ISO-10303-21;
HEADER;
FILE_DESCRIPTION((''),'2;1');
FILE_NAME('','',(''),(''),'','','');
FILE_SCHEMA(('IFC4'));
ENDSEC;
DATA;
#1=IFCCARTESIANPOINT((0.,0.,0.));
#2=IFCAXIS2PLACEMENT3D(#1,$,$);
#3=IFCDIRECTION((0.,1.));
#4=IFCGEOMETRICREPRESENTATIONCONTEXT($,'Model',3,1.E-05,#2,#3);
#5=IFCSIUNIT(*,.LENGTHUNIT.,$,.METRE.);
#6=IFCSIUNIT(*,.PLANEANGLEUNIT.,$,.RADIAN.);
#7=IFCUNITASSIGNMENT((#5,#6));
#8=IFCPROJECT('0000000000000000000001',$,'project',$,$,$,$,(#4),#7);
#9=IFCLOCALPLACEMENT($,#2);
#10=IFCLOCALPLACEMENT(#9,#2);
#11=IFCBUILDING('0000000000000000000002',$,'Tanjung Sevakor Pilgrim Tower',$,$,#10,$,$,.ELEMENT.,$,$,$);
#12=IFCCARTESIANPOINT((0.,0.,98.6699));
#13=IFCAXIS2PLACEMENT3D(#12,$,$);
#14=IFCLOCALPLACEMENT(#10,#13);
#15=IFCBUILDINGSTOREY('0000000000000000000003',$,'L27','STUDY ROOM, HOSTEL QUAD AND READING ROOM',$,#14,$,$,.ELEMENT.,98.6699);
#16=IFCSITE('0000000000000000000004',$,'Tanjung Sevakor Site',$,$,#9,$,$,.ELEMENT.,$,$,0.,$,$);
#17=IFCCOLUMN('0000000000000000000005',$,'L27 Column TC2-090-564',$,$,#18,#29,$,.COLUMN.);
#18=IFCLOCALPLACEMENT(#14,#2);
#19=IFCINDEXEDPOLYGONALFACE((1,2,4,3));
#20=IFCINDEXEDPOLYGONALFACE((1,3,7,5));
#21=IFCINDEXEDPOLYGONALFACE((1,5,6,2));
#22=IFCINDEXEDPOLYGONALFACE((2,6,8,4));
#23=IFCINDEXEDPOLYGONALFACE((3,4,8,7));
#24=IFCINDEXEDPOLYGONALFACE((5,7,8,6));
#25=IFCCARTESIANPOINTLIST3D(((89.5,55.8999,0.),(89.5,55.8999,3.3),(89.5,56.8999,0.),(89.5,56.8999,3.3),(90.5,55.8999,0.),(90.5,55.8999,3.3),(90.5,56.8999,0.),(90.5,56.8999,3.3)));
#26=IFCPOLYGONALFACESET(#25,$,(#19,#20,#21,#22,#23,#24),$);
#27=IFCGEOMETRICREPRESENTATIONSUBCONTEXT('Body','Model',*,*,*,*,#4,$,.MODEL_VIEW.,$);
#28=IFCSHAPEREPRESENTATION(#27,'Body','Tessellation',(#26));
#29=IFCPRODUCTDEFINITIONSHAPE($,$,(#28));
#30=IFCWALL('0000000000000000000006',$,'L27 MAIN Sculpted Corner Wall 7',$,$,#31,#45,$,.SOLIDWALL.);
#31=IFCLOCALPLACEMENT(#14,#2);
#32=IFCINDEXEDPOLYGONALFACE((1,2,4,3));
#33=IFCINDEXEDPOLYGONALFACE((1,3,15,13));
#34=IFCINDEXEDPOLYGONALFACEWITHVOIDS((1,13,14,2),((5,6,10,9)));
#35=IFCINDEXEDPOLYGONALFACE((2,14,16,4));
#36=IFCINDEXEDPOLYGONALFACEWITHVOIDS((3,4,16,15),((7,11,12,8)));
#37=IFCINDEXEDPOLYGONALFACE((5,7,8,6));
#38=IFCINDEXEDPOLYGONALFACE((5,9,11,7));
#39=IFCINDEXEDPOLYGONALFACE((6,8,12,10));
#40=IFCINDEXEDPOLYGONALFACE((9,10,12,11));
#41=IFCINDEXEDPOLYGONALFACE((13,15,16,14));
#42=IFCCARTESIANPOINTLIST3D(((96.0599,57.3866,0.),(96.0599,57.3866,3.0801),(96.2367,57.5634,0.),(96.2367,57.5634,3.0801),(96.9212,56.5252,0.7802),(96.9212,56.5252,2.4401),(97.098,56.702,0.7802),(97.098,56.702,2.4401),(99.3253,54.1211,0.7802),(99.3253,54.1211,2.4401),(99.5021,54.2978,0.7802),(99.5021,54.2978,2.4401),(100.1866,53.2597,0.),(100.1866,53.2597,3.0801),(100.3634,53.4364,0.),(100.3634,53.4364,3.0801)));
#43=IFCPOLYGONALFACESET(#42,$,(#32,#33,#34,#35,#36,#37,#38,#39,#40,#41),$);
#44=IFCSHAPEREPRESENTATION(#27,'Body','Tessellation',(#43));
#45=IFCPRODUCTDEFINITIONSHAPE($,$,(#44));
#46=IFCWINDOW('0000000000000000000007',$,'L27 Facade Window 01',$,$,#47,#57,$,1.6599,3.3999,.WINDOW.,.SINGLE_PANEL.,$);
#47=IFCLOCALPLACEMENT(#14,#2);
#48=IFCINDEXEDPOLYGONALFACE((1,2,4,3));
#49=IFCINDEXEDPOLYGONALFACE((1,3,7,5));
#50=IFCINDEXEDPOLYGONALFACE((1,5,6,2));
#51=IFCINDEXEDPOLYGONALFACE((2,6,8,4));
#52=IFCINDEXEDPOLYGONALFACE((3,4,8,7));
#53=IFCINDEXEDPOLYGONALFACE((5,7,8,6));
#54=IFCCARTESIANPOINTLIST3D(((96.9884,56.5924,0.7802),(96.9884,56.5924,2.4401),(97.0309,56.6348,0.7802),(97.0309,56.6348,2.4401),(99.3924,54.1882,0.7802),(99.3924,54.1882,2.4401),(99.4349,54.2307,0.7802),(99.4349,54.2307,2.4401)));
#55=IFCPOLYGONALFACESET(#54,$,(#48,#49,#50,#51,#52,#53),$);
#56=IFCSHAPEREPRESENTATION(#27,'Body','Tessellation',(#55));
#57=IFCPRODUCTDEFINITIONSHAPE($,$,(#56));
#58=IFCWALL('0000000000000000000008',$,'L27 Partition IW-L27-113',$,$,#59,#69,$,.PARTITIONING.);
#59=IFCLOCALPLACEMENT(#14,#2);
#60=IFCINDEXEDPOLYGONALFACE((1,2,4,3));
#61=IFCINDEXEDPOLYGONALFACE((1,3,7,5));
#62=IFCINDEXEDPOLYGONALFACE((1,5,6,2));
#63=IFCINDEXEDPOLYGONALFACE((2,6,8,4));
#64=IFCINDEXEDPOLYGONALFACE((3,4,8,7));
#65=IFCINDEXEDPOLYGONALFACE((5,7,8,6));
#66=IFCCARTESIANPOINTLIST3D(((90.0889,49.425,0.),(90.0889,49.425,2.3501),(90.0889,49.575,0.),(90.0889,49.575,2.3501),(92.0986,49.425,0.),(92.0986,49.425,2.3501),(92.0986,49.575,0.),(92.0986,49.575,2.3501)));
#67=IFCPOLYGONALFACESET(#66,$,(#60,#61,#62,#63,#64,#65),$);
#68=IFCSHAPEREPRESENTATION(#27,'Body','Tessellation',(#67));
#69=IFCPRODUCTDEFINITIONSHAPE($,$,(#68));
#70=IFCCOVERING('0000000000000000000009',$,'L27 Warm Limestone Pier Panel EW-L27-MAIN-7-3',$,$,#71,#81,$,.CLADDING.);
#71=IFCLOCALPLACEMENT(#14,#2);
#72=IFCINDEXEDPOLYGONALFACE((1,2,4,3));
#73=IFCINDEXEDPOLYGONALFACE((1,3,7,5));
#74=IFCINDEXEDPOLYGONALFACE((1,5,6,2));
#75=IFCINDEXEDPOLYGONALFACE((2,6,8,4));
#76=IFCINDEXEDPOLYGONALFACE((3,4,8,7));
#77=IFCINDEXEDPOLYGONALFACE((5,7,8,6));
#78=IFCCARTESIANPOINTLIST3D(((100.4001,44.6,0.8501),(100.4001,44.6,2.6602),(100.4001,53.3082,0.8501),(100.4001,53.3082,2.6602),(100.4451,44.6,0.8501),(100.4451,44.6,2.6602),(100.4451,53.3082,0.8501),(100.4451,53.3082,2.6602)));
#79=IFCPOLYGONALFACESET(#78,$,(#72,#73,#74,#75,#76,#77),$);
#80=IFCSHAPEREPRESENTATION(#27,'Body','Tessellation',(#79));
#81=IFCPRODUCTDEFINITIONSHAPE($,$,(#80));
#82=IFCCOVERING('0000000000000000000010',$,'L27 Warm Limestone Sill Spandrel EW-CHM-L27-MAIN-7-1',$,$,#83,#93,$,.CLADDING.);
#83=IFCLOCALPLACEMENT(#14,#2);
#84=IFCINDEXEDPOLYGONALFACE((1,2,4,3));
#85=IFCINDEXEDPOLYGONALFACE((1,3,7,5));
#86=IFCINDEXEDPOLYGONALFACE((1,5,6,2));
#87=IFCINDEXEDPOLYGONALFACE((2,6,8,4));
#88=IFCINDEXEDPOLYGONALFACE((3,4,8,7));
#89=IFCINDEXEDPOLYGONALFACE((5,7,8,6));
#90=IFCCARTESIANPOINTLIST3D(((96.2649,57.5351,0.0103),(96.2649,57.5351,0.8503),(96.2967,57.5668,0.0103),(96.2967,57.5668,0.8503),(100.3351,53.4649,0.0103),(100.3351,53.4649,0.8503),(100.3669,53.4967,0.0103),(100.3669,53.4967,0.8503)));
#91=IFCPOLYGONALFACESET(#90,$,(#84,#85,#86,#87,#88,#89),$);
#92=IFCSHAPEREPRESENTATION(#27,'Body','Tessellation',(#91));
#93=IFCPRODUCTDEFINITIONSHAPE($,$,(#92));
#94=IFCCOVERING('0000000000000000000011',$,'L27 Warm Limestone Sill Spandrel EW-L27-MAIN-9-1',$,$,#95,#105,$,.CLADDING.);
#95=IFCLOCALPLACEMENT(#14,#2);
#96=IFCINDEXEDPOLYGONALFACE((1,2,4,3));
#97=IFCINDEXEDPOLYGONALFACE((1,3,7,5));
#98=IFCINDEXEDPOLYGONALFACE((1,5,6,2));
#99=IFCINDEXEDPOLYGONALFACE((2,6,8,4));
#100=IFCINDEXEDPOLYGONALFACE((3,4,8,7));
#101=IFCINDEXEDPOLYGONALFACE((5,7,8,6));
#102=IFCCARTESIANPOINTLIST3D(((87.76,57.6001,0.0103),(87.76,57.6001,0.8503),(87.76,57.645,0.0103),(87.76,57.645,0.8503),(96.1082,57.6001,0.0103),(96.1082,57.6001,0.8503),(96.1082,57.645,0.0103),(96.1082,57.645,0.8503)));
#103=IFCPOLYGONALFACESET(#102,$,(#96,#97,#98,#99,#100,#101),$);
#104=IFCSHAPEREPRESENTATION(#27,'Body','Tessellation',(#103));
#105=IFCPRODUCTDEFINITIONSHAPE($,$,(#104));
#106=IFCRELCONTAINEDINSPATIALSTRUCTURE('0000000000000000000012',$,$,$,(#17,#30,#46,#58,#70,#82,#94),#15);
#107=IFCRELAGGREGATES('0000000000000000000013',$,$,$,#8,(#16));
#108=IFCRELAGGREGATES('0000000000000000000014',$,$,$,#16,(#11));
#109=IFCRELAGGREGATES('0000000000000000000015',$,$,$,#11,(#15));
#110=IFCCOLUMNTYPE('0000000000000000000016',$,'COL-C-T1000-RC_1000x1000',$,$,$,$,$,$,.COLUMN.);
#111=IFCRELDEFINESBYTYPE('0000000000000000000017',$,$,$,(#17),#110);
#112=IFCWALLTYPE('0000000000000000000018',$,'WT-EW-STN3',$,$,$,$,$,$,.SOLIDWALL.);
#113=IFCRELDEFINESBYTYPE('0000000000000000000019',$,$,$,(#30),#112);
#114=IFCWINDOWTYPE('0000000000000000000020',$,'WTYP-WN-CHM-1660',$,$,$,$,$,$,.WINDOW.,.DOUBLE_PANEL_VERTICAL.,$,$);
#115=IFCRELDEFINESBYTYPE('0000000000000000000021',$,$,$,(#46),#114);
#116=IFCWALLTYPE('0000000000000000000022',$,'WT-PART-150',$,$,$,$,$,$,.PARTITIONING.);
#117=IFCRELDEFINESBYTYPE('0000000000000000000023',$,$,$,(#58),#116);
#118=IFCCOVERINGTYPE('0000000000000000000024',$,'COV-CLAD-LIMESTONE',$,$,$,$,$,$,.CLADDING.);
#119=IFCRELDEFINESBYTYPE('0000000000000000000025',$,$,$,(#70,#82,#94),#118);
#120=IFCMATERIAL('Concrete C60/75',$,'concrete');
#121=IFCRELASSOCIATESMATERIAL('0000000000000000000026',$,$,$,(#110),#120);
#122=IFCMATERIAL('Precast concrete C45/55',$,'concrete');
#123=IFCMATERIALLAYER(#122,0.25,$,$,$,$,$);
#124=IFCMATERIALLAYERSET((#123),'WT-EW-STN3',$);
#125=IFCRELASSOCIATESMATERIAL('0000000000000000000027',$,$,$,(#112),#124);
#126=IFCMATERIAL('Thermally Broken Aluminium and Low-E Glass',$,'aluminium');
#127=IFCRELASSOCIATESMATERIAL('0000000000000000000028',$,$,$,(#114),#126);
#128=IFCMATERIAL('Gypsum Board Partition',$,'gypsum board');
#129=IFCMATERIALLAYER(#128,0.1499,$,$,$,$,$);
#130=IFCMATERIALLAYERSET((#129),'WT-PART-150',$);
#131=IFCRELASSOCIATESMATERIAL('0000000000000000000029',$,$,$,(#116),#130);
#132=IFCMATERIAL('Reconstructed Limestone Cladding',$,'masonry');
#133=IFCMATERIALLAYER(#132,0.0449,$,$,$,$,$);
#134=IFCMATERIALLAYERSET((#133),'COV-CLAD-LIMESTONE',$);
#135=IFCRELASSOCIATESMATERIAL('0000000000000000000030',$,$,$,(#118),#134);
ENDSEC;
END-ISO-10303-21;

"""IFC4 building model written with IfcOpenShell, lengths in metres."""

from ifc_helpers import new_model, si_unit, direction, frame, frame_2d, origin, origin_2d, place, context, subcontext, project, spatial, rectangle, extrude, material, layer, layer_set, material_profile, profile_set, type_object, element, fill, save


model = new_model("IFC4")

# Units and contexts
model_context = context("Model", 3, precision=1e-05, world=origin(), true_north=direction((0.0, 1.0)))
body_context = subcontext(model_context, "Body", "Model", "MODEL_VIEW")
ifc_project = project(units=[si_unit("LENGTHUNIT", "METRE"), si_unit("PLANEANGLEUNIT", "RADIAN")], contexts=[model_context])

# Site, building, storey
site_placement = place(None, origin())
site = spatial("IfcSite", under=ifc_project, at=site_placement, Name="Tanjung Sevakor Site", CompositionType="ELEMENT", RefElevation=0.0)
building_placement = place(site_placement, origin())
building = spatial("IfcBuilding", under=site, at=building_placement, Name="Tanjung Sevakor Pilgrim Tower", CompositionType="ELEMENT")
storey_placement = place(building_placement, frame((0.0, 0.0, 98.6699)))
storey = spatial("IfcBuildingStorey", under=building, at=storey_placement, Name="L27", Description="STUDY ROOM, HOSTEL QUAD AND READING ROOM", CompositionType="ELEMENT", Elevation=98.6699)

# Column
ifc_material_1 = material(Name="Concrete C60/75", Category="concrete")
ifc_material_profile = material_profile(ifc_material_1, rectangle(XDim=1.0, YDim=1.0, at=origin_2d()))
ifc_profile_set = profile_set([ifc_material_profile], Name="Concrete C60/75")
column_type = type_object("IfcColumnType", Name="COL-C-T1000-RC_1000x1000", PredefinedType="COLUMN", material=ifc_profile_set)
column_placement = place(storey_placement, frame((90.0, 56.3999, 0.0), z_axis=(0.0, 0.0, 1.0), x_axis=(1.0, 0.0, 0.0)))
element("IfcColumn", 1, at=column_placement, inside=storey, type_object=column_type, Name="L27 Column TC2-090-564", PredefinedType="COLUMN", context=body_context, shape_type="SweptSolid", body=[
    extrude(rectangle(XDim=1.0, YDim=1.0, at=origin_2d()), origin(), (0.0, 0.0, 1.0), 3.3),
])

# Wall, opening, window
ifc_material_2 = material(Name="Precast concrete C45/55", Category="concrete")
ifc_layer_1 = layer(ifc_material_2, 0.25)
ifc_layer_set_1 = layer_set([ifc_layer_1], Name="WT-EW-STN3")
wall_type_1 = type_object("IfcWallType", Name="WT-EW-STN3", PredefinedType="SOLIDWALL", material=ifc_layer_set_1)
wall_1_placement = place(storey_placement, frame((100.2749, 53.3481, 0.0), z_axis=(0.0, 0.0, 1.0), x_axis=(-0.707086, 0.707128, 0.0)))
wall_1 = element("IfcWall", 2, at=wall_1_placement, inside=storey, type_object=wall_type_1, Name="L27 MAIN Sculpted Corner Wall 7", PredefinedType="SOLIDWALL", context=body_context, shape_type="SweptSolid", body=[
    extrude(rectangle(XDim=5.8362, YDim=0.25, at=frame_2d((2.918, 0.0))), origin(), (0.0, 0.0, 1.0), 3.0801),
])
opening_1_placement = place(wall_1_placement, frame((1.218, 0.0, 0.78)))
opening_1 = element("IfcOpeningElement", 3, at=opening_1_placement, cuts=wall_1, PredefinedType="OPENING", context=body_context, shape_type="SweptSolid", body=[
    extrude(rectangle(XDim=3.3999, YDim=1.6599, at=frame_2d((1.7, 0.8301))), frame((0.0, 0.135, 0.0), z_axis=(0.0, -1.0, 0.0), x_axis=(1.0, 0.0, 0.0)), (0.0, 0.0, 1.0), 0.27),
])
ifc_material_3 = material(Name="Thermally Broken Aluminium and Low-E Glass", Category="aluminium")
window_type_1 = type_object("IfcWindowType", Name="WTYP-WN-CHM-1660", PartitioningType="DOUBLE_PANEL_VERTICAL", PredefinedType="WINDOW", material=ifc_material_3)
window_1_placement = place(opening_1_placement, origin())
window_1 = element("IfcWindow", 4, at=window_1_placement, inside=storey, type_object=window_type_1, Name="L27 Facade Window 01", OverallHeight=1.6599, OverallWidth=3.3999, PartitioningType="SINGLE_PANEL", PredefinedType="WINDOW", context=body_context, shape_type="SweptSolid", body=[
    extrude(rectangle(XDim=3.3999, YDim=1.6599, at=frame_2d((1.7, 0.8301))), frame((0.0, 0.03, 0.0), z_axis=(0.0, -1.0, 0.0), x_axis=(1.0, 0.0, 0.0)), (0.0, 0.0, 1.0), 0.0601),
])
fill(opening_1, window_1)

# Wall
ifc_material_4 = material(Name="Gypsum Board Partition", Category="gypsum board")
ifc_layer_2 = layer(ifc_material_4, 0.1499)
ifc_layer_set_2 = layer_set([ifc_layer_2], Name="WT-PART-150")
wall_type_2 = type_object("IfcWallType", Name="WT-PART-150", PredefinedType="PARTITIONING", material=ifc_layer_set_2)
wall_2_placement = place(storey_placement, frame((90.0889, 49.5, 0.0), z_axis=(0.0, 0.0, 1.0), x_axis=(1.0, 0.0, 0.0)))
element("IfcWall", 5, at=wall_2_placement, inside=storey, type_object=wall_type_2, Name="L27 Partition IW-L27-113", PredefinedType="PARTITIONING", context=body_context, shape_type="SweptSolid", body=[
    extrude(rectangle(XDim=2.0098, YDim=0.1499, at=frame_2d((1.0049, 0.0))), origin(), (0.0, 0.0, 1.0), 2.3501),
])

# Coverings
ifc_material_5 = material(Name="Reconstructed Limestone Cladding", Category="masonry")
ifc_layer_3 = layer(ifc_material_5, 0.0449)
ifc_layer_set_3 = layer_set([ifc_layer_3], Name="COV-CLAD-LIMESTONE")
covering_type = type_object("IfcCoveringType", Name="COV-CLAD-LIMESTONE", PredefinedType="CLADDING", material=ifc_layer_set_3)
covering_1_placement = place(storey_placement, frame((100.4226, 48.9541, 0.8501), z_axis=(0.0, 0.0, 1.0), x_axis=(0.0, 1.0, 0.0)))
element("IfcCovering", 6, at=covering_1_placement, inside=storey, type_object=covering_type, Name="L27 Warm Limestone Pier Panel EW-L27-MAIN-7-3", PredefinedType="CLADDING", context=body_context, shape_type="SweptSolid", body=[
    extrude(rectangle(XDim=8.7083, YDim=0.0449, at=origin_2d()), origin(), (0.0, 0.0, 1.0), 1.8101),
])
covering_2_placement = place(storey_placement, frame((98.3159, 55.5159, 0.0103), z_axis=(0.0, 0.0, 1.0), x_axis=(-0.707107, 0.707107, 0.0)))
element("IfcCovering", 7, at=covering_2_placement, inside=storey, type_object=covering_type, Name="L27 Warm Limestone Sill Spandrel EW-CHM-L27-MAIN-7-1", PredefinedType="CLADDING", context=body_context, shape_type="SweptSolid", body=[
    extrude(rectangle(XDim=5.7561, YDim=0.0449, at=origin_2d()), origin(), (0.0, 0.0, 1.0), 0.8401),
])
covering_3_placement = place(storey_placement, frame((91.9341, 57.6226, 0.0103), z_axis=(0.0, 0.0, 1.0), x_axis=(-1.0, 0.0, 0.0)))
element("IfcCovering", 8, at=covering_3_placement, inside=storey, type_object=covering_type, Name="L27 Warm Limestone Sill Spandrel EW-L27-MAIN-9-1", PredefinedType="CLADDING", context=body_context, shape_type="SweptSolid", body=[
    extrude(rectangle(XDim=8.3481, YDim=0.0449, at=origin_2d()), origin(), (0.0, 0.0, 1.0), 0.8401),
])

save(model, "model.ifc")
